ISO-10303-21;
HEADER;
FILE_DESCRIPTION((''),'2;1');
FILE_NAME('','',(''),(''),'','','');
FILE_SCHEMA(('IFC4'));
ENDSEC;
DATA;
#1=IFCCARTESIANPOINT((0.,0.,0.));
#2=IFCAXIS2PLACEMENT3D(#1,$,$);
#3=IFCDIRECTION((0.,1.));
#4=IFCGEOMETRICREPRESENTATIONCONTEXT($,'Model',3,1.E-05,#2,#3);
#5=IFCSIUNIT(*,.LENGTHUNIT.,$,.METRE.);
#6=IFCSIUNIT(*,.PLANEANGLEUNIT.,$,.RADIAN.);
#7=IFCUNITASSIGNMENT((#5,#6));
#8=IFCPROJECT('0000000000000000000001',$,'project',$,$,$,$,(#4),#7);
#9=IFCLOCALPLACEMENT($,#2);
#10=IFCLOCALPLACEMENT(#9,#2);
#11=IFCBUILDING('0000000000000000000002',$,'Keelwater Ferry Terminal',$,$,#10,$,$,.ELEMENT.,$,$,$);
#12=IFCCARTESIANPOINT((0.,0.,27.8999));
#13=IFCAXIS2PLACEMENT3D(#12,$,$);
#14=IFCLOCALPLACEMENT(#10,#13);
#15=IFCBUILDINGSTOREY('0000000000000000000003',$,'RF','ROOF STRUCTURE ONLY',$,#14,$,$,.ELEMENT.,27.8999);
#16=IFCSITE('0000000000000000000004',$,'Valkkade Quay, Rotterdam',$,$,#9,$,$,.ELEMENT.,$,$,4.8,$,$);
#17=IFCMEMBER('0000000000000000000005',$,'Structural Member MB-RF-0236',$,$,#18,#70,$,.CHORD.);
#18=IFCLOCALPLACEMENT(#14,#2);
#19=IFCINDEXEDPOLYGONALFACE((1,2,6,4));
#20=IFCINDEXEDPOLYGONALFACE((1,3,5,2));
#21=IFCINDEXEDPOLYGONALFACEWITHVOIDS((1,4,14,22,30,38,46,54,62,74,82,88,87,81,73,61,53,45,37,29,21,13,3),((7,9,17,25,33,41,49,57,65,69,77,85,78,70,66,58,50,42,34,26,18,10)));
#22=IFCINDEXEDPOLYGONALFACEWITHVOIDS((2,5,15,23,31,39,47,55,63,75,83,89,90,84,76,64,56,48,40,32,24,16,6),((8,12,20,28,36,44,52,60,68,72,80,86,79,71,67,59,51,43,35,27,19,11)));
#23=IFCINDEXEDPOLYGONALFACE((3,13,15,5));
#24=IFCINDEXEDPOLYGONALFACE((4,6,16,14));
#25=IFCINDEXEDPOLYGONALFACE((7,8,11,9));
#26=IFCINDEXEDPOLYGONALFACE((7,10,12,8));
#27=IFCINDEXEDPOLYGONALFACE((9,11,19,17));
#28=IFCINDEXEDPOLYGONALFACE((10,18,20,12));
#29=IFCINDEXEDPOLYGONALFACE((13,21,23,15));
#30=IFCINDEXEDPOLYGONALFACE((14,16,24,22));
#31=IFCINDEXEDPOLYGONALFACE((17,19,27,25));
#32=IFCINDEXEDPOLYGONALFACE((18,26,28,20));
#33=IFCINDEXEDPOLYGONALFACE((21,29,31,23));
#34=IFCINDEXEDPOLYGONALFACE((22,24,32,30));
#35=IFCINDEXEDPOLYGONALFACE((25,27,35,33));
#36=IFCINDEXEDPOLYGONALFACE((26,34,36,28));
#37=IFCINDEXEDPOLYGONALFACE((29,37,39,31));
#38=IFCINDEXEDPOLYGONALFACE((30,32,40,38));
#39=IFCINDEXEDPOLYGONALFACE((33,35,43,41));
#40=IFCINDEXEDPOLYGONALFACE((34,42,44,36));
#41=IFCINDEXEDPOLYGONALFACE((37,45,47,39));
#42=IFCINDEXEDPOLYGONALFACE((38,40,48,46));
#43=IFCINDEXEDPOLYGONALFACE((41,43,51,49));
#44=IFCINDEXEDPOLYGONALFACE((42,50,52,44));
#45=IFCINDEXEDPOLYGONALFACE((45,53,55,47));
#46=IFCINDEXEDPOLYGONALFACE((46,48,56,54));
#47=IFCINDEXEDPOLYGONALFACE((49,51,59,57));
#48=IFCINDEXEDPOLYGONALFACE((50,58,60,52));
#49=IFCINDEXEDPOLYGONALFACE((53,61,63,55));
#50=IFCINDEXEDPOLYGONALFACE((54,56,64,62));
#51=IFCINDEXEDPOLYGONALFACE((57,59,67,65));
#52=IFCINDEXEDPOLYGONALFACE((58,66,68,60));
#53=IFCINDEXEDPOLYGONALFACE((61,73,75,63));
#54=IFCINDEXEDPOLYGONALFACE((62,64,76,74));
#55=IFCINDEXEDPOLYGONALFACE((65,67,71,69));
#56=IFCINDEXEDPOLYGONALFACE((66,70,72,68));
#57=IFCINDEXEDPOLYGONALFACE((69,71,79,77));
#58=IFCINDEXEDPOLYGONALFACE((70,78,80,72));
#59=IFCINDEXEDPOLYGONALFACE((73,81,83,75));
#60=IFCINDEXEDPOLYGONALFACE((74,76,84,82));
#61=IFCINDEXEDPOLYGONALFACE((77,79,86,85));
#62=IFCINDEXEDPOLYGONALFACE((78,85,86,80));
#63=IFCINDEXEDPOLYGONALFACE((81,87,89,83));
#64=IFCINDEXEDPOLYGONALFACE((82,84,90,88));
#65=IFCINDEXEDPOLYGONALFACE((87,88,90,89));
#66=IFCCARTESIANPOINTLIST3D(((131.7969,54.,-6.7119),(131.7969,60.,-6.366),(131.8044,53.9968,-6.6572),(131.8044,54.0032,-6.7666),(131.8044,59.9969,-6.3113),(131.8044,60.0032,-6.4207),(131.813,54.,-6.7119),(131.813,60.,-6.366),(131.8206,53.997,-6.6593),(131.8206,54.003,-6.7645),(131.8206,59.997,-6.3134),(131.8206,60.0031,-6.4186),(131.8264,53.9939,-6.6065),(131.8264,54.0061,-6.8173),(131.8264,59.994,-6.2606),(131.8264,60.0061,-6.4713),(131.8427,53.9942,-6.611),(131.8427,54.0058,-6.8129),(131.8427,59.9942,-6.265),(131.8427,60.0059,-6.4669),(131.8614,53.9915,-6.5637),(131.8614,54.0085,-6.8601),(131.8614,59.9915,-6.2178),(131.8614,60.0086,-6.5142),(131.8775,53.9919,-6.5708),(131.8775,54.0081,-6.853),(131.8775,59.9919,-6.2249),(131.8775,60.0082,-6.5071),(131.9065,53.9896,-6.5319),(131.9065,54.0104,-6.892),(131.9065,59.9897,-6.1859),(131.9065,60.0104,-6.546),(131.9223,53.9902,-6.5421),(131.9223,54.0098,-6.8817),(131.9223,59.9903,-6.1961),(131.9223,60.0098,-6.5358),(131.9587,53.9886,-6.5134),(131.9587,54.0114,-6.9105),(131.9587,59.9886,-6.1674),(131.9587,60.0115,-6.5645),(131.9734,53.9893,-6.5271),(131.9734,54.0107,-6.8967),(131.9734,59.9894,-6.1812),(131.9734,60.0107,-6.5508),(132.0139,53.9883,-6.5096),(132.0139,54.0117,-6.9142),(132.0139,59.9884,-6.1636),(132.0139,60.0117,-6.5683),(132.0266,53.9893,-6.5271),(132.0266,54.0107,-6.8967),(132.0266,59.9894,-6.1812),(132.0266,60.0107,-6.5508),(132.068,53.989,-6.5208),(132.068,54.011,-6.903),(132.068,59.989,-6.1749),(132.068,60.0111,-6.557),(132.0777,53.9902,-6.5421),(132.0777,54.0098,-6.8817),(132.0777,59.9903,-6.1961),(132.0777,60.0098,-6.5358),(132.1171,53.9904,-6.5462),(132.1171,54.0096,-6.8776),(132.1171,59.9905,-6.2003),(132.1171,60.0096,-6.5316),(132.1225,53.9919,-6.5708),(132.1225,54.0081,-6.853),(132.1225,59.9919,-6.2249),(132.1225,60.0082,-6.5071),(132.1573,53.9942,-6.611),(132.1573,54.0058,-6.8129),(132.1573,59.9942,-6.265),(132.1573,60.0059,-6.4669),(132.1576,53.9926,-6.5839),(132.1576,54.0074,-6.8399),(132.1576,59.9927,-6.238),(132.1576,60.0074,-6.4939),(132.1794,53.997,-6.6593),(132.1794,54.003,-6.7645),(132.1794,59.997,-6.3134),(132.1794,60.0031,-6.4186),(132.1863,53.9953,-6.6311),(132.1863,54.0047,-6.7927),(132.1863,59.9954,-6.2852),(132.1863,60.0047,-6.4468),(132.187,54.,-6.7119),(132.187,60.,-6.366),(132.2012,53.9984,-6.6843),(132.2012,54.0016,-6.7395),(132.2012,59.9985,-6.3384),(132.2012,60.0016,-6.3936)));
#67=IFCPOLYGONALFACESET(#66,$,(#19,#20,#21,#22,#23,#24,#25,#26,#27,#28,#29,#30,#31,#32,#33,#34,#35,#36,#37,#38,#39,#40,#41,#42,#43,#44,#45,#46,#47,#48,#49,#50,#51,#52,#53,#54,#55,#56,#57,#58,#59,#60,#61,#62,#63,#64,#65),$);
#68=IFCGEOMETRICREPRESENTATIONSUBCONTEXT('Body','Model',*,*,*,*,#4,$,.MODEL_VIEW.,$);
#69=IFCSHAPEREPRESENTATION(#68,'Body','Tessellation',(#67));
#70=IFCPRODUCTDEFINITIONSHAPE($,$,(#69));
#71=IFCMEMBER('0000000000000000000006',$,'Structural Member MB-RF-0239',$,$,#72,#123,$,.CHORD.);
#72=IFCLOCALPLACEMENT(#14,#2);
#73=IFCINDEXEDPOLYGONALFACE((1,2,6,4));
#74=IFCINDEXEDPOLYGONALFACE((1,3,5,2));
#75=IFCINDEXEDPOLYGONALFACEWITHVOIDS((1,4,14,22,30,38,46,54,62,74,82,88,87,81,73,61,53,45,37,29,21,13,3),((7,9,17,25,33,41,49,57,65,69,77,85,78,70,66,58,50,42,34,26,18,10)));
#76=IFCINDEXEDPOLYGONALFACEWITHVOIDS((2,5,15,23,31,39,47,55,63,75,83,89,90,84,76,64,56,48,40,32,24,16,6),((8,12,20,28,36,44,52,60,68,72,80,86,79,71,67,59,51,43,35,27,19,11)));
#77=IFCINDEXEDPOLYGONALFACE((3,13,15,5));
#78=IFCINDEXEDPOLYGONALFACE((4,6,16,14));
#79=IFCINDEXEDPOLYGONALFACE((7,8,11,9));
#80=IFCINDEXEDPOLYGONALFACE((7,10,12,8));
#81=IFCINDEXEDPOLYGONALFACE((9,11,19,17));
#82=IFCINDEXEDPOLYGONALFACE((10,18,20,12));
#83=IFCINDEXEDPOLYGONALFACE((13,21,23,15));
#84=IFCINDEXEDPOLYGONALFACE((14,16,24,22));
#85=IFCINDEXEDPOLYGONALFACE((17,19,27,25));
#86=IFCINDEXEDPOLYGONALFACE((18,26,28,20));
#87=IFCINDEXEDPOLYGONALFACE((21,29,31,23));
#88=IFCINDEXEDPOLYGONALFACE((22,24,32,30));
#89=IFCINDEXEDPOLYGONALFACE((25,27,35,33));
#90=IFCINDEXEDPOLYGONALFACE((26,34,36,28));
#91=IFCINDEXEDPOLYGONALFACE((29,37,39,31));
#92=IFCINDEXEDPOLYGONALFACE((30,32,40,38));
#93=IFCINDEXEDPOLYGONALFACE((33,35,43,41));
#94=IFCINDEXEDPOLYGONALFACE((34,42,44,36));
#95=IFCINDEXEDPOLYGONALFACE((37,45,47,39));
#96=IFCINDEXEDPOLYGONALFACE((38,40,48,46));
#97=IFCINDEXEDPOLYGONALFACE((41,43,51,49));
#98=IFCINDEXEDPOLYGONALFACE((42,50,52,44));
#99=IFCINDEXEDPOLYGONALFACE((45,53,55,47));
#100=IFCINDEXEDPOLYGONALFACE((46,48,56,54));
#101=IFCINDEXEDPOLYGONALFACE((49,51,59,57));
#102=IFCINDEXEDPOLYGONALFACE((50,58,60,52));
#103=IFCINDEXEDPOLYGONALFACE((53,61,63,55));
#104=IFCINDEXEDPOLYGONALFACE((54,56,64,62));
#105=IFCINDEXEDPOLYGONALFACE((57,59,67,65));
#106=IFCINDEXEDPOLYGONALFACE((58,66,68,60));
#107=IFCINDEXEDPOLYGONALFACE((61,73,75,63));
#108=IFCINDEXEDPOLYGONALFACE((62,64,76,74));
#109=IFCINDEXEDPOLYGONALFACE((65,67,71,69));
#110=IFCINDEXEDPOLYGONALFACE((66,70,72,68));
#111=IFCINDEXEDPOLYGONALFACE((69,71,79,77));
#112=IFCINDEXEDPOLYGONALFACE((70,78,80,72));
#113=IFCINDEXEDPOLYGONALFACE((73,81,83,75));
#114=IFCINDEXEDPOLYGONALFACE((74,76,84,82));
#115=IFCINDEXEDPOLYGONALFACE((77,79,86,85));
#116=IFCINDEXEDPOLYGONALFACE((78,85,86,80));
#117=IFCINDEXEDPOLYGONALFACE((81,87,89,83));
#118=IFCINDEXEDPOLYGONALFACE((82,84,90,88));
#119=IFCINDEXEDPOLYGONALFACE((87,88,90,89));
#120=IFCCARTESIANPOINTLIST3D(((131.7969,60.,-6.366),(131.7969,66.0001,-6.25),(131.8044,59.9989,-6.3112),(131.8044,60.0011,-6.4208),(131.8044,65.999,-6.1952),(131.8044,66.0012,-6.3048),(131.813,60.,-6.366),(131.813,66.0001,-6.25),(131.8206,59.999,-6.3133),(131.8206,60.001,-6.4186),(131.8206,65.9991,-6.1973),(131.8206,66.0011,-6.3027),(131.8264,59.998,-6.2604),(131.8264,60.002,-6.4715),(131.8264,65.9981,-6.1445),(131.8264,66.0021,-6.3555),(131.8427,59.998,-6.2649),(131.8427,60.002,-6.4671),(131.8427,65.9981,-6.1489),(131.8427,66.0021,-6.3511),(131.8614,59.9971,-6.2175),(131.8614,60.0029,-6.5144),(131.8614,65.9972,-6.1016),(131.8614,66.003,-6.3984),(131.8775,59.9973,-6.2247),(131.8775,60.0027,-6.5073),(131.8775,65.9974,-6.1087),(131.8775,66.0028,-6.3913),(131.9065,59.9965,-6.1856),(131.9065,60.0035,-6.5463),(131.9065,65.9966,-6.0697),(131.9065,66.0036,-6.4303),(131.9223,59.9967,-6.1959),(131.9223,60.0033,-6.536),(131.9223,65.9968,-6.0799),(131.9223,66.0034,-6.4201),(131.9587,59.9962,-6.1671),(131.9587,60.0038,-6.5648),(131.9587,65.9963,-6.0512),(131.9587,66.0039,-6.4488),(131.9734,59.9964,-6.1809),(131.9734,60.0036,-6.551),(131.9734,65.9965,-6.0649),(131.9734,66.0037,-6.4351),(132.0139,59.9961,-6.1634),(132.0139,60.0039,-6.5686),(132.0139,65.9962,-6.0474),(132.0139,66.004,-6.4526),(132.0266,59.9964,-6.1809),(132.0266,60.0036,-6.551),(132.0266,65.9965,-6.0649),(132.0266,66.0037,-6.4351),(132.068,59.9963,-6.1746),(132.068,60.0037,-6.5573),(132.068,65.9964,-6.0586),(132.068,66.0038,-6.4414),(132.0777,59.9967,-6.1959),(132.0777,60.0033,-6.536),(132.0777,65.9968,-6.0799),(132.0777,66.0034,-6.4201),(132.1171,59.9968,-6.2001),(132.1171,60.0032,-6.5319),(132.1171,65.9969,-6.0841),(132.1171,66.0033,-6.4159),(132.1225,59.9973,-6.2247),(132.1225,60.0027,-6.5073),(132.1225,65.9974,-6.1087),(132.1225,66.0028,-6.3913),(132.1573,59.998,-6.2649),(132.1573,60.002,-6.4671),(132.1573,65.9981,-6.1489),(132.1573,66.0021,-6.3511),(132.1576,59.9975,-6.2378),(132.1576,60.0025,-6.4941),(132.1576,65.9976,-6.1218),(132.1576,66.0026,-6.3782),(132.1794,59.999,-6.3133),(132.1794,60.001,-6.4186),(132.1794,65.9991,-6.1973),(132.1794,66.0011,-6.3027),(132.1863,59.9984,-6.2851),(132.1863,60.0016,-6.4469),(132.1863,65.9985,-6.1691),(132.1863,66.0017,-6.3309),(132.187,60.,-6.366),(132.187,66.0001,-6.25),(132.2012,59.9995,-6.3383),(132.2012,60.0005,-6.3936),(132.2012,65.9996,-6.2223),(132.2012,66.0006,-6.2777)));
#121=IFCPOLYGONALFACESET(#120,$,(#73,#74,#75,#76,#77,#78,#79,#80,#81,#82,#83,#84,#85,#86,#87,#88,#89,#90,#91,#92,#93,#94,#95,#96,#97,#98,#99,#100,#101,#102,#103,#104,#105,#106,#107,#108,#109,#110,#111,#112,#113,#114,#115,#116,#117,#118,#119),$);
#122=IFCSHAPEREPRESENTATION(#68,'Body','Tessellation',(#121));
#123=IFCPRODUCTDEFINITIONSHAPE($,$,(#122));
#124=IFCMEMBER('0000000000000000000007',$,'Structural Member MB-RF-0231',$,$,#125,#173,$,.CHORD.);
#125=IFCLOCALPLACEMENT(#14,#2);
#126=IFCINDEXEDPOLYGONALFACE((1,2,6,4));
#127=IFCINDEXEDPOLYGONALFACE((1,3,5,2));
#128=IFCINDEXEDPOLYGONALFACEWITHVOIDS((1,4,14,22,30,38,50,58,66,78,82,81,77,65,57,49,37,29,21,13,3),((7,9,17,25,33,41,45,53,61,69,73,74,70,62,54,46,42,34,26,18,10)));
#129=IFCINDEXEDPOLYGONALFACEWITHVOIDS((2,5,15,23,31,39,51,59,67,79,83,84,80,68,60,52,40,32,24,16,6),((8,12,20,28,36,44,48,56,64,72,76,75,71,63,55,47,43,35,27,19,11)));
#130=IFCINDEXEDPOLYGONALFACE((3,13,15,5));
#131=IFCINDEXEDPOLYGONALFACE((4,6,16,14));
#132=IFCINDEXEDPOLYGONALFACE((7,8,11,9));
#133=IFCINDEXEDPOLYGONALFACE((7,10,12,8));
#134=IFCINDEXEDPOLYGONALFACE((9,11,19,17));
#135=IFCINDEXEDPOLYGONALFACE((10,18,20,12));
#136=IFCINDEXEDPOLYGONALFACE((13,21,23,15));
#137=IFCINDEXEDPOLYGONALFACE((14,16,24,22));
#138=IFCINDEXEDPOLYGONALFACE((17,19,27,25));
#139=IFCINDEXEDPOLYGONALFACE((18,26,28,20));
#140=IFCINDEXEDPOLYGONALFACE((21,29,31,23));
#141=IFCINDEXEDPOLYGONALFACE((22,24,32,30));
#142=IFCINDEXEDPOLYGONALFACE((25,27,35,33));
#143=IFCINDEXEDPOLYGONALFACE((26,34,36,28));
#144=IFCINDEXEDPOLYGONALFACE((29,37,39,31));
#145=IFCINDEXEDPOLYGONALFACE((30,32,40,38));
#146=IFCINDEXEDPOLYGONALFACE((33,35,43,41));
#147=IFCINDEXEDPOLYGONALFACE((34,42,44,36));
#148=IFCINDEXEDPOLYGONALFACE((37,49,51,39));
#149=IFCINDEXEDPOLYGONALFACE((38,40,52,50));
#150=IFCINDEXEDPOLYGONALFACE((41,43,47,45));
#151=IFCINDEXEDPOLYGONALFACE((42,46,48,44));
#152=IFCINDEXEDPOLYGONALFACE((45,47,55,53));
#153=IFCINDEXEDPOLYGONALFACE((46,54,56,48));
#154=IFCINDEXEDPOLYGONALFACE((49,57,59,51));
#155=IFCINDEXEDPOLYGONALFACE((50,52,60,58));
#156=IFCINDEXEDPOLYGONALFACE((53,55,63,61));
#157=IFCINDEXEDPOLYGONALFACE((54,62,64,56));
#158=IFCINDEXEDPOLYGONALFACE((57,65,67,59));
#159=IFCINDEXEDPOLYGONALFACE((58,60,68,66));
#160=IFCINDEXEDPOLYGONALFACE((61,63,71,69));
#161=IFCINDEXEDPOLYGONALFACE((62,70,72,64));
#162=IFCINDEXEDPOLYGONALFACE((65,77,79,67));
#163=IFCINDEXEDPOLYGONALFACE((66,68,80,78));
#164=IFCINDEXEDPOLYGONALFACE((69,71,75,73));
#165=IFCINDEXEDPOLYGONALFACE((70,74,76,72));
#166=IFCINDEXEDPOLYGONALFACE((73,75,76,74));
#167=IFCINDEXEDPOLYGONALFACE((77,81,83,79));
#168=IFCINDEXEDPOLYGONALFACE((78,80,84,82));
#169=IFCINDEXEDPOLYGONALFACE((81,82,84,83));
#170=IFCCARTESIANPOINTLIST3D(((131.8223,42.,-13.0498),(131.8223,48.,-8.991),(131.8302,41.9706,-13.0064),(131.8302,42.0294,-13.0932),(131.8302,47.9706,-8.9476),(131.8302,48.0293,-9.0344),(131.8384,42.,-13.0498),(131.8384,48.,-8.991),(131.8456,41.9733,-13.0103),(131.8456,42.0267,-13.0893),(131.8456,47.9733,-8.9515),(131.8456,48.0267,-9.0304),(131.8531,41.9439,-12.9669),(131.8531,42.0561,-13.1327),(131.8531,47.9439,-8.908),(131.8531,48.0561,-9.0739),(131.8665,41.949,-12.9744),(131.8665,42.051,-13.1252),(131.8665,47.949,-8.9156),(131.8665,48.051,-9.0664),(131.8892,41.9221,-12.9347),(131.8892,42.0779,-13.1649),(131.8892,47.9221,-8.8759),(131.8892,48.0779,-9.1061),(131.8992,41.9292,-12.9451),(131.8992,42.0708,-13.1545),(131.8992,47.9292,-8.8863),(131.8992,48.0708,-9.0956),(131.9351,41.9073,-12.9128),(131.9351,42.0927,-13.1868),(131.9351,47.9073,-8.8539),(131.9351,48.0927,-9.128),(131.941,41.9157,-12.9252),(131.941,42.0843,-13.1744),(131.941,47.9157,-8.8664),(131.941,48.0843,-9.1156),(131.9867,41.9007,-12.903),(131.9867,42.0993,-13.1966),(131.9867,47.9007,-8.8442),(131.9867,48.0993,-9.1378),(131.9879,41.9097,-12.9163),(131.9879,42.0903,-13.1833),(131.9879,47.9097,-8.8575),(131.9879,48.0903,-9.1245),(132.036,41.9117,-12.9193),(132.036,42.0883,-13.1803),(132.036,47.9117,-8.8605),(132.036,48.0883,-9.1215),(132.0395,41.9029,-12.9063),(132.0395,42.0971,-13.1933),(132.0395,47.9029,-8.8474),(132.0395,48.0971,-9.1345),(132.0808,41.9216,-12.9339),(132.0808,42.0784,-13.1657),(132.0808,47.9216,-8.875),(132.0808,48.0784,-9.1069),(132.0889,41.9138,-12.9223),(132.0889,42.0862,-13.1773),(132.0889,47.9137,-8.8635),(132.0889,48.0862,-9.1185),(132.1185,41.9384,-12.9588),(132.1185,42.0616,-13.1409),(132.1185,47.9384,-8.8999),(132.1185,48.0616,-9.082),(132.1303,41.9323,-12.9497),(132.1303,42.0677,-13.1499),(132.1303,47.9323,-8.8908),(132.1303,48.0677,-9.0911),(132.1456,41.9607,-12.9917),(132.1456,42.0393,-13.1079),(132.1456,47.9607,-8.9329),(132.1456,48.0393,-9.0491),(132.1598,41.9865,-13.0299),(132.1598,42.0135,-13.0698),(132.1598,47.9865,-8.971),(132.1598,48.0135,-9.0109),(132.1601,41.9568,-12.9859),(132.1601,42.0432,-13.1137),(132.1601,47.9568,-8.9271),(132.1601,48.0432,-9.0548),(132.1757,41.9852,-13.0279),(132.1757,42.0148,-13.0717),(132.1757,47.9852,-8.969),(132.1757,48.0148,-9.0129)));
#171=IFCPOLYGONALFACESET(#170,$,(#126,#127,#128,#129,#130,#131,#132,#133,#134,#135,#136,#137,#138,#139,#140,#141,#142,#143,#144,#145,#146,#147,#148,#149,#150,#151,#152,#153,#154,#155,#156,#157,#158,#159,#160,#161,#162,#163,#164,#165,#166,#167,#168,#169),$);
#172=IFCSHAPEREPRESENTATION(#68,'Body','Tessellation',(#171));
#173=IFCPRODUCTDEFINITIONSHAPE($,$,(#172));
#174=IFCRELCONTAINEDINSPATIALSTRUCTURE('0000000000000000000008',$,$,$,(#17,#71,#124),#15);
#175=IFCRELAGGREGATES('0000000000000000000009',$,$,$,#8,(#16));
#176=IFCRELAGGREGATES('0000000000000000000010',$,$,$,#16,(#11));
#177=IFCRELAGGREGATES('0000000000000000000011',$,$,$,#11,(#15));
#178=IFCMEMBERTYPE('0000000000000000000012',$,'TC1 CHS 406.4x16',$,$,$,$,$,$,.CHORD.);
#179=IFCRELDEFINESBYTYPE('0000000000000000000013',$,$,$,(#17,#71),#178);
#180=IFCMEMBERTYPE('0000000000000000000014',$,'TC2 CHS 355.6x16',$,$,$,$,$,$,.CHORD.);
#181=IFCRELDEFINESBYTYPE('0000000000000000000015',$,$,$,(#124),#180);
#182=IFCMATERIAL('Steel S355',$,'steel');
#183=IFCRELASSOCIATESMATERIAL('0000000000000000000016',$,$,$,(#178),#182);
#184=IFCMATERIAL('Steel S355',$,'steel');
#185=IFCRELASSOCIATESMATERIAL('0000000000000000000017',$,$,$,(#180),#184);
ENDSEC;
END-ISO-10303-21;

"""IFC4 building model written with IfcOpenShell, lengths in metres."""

from ifc_helpers import new_model, si_unit, direction, frame, origin, origin_2d, place, context, subcontext, project, spatial, hollow_circle, extrude, material, material_profile, profile_set, type_object, element, save


model = new_model("IFC4")

# Units and contexts
model_context = context("Model", 3, precision=1e-05, world=origin(), true_north=direction((0.0, 1.0)))
body_context = subcontext(model_context, "Body", "Model", "MODEL_VIEW")
ifc_project = project(units=[si_unit("LENGTHUNIT", "METRE"), si_unit("PLANEANGLEUNIT", "RADIAN")], contexts=[model_context])

# Site, building, storey
site_placement = place(None, origin())
site = spatial("IfcSite", under=ifc_project, at=site_placement, Name="Valkkade Quay, Rotterdam", CompositionType="ELEMENT", RefElevation=4.8)
building_placement = place(site_placement, origin())
building = spatial("IfcBuilding", under=site, at=building_placement, Name="Keelwater Ferry Terminal", CompositionType="ELEMENT")
storey_placement = place(building_placement, frame((0.0, 0.0, 27.8999)))
storey = spatial("IfcBuildingStorey", under=building, at=storey_placement, Name="RF", Description="ROOF STRUCTURE ONLY", CompositionType="ELEMENT", Elevation=27.8999)

# Members
ifc_material_1 = material(Name="Steel S355", Category="steel")
ifc_material_profile_1 = material_profile(ifc_material_1, hollow_circle(Radius=0.2031, WallThickness=0.0161, at=origin_2d()), Name="CHS 406.4x16")
ifc_profile_set_1 = profile_set([ifc_material_profile_1], Name="Steel S355")
member_type_1 = type_object("IfcMemberType", Name="TC1 CHS 406.4x16", PredefinedType="CHORD", material=ifc_profile_set_1)
member_1_placement = place(storey_placement, frame((132.0, 54.0, -6.7119), z_axis=(0.0, 0.998342, 0.057562), x_axis=(-1.0, 0.0, 0.0)))
element("IfcMember", 1, at=member_1_placement, inside=storey, type_object=member_type_1, Name="Structural Member MB-RF-0236", PredefinedType="CHORD", context=body_context, shape_type="SweptSolid", body=[
    extrude(hollow_circle(Radius=0.2031, WallThickness=0.0161, at=origin_2d()), origin(), (0.0, 0.0, 1.0), 6.01),
])
member_2_placement = place(storey_placement, frame((132.0, 60.0, -6.366), z_axis=(0.0, 0.999813, 0.019324), x_axis=(-1.0, 0.0, 0.0)))
element("IfcMember", 2, at=member_2_placement, inside=storey, type_object=member_type_1, Name="Structural Member MB-RF-0239", PredefinedType="CHORD", context=body_context, shape_type="SweptSolid", body=[
    extrude(hollow_circle(Radius=0.2031, WallThickness=0.0161, at=origin_2d()), origin(), (0.0, 0.0, 1.0), 6.0012),
])
ifc_material_2 = material(Name="Steel S355", Category="steel")
ifc_material_profile_2 = material_profile(ifc_material_2, hollow_circle(Radius=0.1777, WallThickness=0.0161, at=origin_2d()), Name="CHS 355.6x16")
ifc_profile_set_2 = profile_set([ifc_material_profile_2], Name="Steel S355")
member_type_2 = type_object("IfcMemberType", Name="TC2 CHS 355.6x16", PredefinedType="CHORD", material=ifc_profile_set_2)
member_3_placement = place(storey_placement, frame((132.0, 42.0, -13.0498), z_axis=(0.0, 0.828282, 0.560311), x_axis=(-1.0, 0.0, 0.0)))
element("IfcMember", 3, at=member_3_placement, inside=storey, type_object=member_type_2, Name="Structural Member MB-RF-0231", PredefinedType="CHORD", context=body_context, shape_type="SweptSolid", body=[
    extrude(hollow_circle(Radius=0.1777, WallThickness=0.0161, at=origin_2d()), origin(), (0.0, 0.0, 1.0), 7.2439),
])

save(model, "model.ifc")
